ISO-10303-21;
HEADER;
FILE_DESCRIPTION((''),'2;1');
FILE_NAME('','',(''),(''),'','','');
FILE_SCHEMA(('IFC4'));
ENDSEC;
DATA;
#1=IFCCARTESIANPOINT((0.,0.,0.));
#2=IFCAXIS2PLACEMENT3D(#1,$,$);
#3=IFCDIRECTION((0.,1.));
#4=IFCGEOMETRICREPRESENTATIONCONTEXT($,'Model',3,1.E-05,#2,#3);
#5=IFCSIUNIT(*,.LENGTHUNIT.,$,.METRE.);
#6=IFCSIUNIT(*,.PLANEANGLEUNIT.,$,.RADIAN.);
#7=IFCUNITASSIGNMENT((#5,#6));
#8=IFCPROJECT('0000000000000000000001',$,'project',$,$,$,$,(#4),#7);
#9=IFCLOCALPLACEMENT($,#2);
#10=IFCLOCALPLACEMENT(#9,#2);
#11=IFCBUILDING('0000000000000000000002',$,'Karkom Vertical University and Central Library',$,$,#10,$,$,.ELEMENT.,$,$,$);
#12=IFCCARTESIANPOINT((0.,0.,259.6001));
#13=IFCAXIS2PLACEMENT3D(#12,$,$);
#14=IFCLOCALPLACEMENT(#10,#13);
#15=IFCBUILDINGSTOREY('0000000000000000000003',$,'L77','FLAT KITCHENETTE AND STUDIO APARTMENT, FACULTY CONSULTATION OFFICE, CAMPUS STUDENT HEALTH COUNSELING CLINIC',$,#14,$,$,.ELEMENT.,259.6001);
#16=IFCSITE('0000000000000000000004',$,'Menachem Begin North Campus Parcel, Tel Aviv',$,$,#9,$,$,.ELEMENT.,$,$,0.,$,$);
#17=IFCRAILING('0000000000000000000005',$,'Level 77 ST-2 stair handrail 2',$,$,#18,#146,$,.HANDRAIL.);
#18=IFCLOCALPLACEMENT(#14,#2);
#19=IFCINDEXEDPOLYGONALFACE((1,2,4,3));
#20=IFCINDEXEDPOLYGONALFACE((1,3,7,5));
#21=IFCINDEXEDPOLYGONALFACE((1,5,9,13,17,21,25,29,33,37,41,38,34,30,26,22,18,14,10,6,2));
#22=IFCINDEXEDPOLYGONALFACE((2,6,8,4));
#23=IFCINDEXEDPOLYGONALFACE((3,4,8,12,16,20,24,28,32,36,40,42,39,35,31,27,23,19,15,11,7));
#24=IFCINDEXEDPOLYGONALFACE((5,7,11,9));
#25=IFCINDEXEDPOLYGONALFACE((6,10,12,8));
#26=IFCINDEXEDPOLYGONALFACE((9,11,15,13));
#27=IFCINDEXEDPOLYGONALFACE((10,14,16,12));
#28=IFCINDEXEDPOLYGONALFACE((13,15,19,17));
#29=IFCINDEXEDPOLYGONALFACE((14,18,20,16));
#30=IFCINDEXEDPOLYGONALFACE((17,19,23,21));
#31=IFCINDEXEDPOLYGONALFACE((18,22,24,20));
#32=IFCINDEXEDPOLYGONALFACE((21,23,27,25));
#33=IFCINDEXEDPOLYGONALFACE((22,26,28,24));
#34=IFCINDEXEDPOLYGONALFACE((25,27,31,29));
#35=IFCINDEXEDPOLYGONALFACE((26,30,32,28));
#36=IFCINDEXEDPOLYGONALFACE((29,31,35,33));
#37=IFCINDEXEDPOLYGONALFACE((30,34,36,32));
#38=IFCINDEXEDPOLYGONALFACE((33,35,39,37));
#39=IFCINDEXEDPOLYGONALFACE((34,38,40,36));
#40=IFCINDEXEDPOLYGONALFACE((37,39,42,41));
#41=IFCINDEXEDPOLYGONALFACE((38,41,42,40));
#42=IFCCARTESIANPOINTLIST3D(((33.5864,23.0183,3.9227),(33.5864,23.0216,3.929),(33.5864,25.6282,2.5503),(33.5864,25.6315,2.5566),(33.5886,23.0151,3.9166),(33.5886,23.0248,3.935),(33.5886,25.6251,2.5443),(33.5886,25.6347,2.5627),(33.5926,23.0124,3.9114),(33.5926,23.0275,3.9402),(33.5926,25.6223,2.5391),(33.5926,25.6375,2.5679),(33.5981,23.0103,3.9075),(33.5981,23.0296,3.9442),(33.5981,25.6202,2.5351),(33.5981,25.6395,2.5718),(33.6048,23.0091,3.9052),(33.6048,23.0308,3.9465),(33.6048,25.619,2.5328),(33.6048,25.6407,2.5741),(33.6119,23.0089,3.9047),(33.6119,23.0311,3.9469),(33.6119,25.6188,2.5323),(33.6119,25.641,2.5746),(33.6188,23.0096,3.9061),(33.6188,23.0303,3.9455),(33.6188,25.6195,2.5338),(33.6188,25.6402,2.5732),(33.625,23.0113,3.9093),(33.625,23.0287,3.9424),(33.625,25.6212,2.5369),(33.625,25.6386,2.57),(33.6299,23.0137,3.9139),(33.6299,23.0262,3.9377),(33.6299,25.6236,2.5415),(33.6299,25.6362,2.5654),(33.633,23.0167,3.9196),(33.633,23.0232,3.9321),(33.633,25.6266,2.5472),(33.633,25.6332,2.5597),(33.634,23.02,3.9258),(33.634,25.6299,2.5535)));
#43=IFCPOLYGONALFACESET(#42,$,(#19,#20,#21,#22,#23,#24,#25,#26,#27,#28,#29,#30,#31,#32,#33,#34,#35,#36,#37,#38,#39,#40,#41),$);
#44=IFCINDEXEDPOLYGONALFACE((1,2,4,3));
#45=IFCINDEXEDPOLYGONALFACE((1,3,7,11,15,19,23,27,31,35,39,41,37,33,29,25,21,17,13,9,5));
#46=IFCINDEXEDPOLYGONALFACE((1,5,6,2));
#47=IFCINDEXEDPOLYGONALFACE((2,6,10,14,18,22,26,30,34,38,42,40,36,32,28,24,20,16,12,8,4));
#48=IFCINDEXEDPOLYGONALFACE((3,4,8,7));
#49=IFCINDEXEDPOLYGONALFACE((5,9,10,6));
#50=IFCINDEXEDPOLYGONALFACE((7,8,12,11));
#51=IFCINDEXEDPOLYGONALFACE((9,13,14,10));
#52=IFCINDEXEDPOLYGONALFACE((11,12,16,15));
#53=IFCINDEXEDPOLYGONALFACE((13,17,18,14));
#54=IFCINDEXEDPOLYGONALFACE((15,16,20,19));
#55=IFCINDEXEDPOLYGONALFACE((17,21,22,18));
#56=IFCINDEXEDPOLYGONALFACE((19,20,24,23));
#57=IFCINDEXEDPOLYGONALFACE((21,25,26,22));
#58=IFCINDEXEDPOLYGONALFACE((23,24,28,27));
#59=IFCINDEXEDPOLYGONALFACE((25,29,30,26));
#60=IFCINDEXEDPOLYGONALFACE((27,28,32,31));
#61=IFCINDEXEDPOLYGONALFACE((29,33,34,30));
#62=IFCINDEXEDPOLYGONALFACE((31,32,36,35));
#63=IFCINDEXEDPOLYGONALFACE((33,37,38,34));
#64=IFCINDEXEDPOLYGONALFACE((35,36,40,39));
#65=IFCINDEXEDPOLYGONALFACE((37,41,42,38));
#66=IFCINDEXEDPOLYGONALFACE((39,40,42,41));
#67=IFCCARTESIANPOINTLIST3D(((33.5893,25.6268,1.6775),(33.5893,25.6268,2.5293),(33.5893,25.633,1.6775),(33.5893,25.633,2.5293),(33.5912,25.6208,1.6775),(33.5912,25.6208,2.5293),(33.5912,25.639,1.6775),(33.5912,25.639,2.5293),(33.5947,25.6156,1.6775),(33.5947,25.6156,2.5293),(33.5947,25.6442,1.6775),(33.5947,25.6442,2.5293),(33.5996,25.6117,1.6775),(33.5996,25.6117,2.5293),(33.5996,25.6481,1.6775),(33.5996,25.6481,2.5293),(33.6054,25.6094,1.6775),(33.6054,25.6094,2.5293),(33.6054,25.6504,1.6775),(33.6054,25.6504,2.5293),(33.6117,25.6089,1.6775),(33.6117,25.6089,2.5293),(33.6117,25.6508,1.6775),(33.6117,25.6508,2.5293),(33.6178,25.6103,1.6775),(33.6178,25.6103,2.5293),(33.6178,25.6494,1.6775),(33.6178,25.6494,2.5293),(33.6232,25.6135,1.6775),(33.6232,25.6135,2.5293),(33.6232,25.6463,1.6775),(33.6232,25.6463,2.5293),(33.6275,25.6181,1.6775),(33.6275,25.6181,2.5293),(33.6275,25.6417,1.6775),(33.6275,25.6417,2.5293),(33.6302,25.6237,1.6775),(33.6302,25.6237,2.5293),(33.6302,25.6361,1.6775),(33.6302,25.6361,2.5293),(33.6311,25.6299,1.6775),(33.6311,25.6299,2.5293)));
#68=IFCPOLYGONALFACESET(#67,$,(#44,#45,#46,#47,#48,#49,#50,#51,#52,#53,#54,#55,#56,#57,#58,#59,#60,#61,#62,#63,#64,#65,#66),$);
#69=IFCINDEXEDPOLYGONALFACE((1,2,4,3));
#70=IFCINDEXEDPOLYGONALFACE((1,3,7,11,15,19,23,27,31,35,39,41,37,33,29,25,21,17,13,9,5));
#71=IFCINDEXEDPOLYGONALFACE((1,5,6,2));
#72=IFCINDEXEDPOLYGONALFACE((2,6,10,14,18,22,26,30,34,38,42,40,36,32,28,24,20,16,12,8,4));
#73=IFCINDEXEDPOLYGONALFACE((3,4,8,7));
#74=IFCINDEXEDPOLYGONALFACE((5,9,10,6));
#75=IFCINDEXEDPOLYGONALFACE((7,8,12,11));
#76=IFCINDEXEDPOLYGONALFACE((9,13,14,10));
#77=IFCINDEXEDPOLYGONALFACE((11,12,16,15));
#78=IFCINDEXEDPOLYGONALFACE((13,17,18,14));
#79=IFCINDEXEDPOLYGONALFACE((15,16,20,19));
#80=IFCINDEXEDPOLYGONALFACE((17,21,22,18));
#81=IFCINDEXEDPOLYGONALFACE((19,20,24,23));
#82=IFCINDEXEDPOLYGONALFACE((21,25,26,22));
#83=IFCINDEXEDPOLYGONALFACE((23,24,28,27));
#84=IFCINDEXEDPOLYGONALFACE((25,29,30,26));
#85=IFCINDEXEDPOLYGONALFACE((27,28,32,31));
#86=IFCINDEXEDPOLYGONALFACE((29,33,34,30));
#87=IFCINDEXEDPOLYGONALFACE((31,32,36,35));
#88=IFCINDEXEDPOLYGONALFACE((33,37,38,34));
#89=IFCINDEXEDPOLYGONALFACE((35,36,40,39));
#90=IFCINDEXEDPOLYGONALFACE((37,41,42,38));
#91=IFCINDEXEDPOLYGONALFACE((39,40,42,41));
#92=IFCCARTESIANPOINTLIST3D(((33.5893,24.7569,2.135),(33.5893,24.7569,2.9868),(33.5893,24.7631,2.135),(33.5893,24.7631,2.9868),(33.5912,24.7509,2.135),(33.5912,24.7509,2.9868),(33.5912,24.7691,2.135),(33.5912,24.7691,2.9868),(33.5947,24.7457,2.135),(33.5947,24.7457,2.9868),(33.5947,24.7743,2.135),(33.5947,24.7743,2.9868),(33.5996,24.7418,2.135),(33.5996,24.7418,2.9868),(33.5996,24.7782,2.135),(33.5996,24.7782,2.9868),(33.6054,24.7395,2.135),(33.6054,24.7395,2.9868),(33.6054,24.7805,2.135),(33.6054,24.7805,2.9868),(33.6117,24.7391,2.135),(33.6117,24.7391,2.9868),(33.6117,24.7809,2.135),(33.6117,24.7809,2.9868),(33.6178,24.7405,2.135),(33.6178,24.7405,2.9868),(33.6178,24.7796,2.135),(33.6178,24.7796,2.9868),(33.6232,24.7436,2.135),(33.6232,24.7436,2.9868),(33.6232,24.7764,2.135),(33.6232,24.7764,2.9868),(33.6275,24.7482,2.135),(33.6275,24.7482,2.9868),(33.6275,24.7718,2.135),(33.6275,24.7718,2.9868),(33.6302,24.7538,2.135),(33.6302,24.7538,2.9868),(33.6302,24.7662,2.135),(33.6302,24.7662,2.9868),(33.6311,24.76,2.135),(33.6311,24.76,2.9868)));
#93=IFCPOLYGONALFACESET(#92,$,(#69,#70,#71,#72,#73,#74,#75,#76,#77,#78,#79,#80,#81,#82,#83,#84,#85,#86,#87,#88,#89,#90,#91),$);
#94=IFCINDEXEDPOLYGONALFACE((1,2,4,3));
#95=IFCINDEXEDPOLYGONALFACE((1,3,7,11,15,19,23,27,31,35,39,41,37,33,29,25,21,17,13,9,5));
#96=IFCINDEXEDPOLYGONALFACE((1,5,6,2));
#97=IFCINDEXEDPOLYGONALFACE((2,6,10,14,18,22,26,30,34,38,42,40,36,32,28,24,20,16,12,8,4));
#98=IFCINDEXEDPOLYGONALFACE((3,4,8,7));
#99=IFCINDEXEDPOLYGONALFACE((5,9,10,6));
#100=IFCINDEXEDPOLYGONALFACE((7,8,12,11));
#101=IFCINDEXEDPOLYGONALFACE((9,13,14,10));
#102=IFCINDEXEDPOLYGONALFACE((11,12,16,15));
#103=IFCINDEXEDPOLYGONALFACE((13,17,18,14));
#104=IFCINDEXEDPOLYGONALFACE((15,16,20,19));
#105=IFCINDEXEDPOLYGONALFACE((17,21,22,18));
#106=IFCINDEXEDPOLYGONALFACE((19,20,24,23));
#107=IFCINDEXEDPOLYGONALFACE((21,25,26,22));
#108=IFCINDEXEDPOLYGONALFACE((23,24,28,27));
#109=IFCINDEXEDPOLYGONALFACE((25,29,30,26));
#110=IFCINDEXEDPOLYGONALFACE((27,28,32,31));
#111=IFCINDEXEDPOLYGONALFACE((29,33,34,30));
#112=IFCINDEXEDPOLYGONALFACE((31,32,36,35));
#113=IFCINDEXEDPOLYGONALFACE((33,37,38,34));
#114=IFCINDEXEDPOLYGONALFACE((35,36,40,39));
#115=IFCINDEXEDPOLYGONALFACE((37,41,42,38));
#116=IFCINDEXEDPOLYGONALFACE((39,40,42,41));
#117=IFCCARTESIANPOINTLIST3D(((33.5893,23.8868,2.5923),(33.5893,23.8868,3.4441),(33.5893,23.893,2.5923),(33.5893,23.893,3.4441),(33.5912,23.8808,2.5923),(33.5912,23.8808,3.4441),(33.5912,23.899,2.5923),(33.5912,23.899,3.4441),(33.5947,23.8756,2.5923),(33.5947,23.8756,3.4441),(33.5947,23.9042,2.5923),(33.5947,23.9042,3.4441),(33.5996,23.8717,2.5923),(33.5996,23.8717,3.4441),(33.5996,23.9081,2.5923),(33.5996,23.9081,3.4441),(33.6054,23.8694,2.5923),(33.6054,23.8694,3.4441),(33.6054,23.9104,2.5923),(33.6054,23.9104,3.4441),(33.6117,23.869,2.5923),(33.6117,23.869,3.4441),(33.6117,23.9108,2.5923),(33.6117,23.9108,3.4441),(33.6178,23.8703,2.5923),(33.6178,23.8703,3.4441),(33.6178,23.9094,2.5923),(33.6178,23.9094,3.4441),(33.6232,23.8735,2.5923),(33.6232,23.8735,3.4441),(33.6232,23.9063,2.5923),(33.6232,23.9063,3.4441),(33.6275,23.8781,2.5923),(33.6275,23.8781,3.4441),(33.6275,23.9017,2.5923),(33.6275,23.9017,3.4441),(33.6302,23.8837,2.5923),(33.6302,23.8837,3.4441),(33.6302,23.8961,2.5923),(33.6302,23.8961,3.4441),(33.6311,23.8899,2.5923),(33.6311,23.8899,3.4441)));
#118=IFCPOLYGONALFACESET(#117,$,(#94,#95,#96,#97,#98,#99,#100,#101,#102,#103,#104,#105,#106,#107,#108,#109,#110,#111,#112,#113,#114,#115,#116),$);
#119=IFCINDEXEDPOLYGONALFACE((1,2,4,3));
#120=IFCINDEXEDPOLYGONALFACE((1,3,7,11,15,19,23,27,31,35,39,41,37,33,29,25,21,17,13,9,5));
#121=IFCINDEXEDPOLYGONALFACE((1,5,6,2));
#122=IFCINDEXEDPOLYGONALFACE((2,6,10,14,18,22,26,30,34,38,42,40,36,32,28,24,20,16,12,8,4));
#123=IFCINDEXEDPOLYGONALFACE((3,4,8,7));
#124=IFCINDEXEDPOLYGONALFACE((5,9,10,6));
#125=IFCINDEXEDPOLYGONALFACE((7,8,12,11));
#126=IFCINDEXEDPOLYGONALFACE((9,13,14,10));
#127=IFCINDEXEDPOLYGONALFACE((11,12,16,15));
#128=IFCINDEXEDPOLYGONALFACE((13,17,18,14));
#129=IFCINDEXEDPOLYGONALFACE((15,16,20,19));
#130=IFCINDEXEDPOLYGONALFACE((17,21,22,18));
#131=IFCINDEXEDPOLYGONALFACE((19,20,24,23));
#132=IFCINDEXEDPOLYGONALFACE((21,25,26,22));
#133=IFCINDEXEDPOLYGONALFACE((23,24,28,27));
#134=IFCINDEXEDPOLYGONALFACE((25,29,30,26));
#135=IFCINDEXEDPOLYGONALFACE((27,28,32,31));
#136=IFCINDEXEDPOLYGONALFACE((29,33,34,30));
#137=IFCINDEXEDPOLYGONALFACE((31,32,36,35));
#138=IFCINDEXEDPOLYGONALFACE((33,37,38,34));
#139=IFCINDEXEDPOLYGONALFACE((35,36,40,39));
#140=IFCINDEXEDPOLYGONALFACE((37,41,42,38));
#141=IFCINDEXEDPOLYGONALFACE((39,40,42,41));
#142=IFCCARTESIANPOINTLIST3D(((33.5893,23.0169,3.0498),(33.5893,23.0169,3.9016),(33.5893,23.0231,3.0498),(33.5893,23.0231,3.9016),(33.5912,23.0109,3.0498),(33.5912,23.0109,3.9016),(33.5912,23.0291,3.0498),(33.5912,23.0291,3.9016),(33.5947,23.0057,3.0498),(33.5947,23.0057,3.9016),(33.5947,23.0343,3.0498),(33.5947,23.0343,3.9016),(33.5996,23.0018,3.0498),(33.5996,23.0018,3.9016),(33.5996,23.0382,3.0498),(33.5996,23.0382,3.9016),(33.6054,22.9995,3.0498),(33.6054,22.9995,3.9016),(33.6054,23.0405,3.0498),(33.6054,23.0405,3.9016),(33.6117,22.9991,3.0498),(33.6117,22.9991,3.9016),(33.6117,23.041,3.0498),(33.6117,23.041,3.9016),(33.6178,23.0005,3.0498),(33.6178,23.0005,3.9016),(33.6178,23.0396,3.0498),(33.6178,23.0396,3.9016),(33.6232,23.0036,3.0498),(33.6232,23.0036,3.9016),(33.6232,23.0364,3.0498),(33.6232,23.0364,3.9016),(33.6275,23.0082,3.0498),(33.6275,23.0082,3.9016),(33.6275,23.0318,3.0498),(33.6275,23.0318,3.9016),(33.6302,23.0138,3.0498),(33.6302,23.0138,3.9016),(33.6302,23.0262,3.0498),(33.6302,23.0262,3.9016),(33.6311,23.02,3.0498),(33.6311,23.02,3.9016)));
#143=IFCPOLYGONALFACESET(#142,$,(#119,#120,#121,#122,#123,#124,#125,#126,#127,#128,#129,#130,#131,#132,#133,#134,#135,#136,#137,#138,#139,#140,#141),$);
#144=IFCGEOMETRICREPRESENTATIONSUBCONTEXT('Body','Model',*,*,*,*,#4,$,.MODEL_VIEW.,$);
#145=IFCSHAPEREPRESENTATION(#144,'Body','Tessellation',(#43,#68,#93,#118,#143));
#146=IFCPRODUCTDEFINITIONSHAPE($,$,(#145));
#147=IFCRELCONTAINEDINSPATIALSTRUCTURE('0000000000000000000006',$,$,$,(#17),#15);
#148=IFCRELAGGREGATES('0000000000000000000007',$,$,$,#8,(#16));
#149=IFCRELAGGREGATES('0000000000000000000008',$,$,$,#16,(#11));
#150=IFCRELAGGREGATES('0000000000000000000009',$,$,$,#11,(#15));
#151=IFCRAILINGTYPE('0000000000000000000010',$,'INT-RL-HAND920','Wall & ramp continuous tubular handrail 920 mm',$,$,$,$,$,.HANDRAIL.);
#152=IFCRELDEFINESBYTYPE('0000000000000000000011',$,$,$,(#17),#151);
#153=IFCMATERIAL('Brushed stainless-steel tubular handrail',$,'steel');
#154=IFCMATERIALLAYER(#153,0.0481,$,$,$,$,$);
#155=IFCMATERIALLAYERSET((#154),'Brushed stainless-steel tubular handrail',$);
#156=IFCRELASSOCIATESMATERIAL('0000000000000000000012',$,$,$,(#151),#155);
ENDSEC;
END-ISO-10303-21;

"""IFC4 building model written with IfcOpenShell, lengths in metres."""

from ifc_helpers import new_model, si_unit, direction, frame, origin, origin_2d, place, context, subcontext, project, spatial, circle, extrude, material, layer, layer_set, type_object, element, save


model = new_model("IFC4")

# Units and contexts
model_context = context("Model", 3, precision=1e-05, world=origin(), true_north=direction((0.0, 1.0)))
body_context = subcontext(model_context, "Body", "Model", "MODEL_VIEW")
ifc_project = project(units=[si_unit("LENGTHUNIT", "METRE"), si_unit("PLANEANGLEUNIT", "RADIAN")], contexts=[model_context])

# Site, building, storey
site_placement = place(None, origin())
site = spatial("IfcSite", under=ifc_project, at=site_placement, Name="Menachem Begin North Campus Parcel, Tel Aviv", CompositionType="ELEMENT", RefElevation=0.0)
building_placement = place(site_placement, origin())
building = spatial("IfcBuilding", under=site, at=building_placement, Name="Karkom Vertical University and Central Library", CompositionType="ELEMENT")
storey_placement = place(building_placement, frame((0.0, 0.0, 259.6001)))
storey = spatial("IfcBuildingStorey", under=building, at=storey_placement, Name="L77", Description="FLAT KITCHENETTE AND STUDIO APARTMENT, FACULTY CONSULTATION OFFICE, CAMPUS STUDENT HEALTH COUNSELING CLINIC", CompositionType="ELEMENT", Elevation=259.6001)

# Railing
ifc_material_1 = material(Name="Brushed stainless-steel tubular handrail", Category="steel")
ifc_layer_1 = layer(ifc_material_1, 0.0481)
ifc_layer_set_1 = layer_set([ifc_layer_1], Name="Brushed stainless-steel tubular handrail")
railing_type = type_object("IfcRailingType", Name="INT-RL-HAND920", Description="Wall & ramp continuous tubular handrail 920 mm", PredefinedType="HANDRAIL", material=ifc_layer_set_1)
railing_placement = place(storey_placement, frame((33.6101, 25.6299, 1.6775)))
element("IfcRailing", 1, at=railing_placement, inside=storey, type_object=railing_type, Name="Level 77 ST-2 stair handrail 2", PredefinedType="HANDRAIL", context=body_context, shape_type="SweptSolid", body=[
    extrude(circle(Radius=0.0239, at=origin_2d()), frame((0.0, 0.0, 0.876), z_axis=(0.0, -0.8851, 0.465402), x_axis=(1.0, 0.0, 0.0)), (0.0, 0.0, 1.0), 2.9487),
    extrude(circle(Radius=0.021, at=origin_2d()), origin(), (0.0, 0.0, 1.0), 0.8518),
    extrude(circle(Radius=0.021, at=origin_2d()), frame((0.0, -0.8699, 0.4575)), (0.0, 0.0, 1.0), 0.8518),
    extrude(circle(Radius=0.021, at=origin_2d()), frame((0.0, -1.74, 0.9148)), (0.0, 0.0, 1.0), 0.8518),
    extrude(circle(Radius=0.021, at=origin_2d()), frame((0.0, -2.6099, 1.3723)), (0.0, 0.0, 1.0), 0.8518),
])

save(model, "model.ifc")
